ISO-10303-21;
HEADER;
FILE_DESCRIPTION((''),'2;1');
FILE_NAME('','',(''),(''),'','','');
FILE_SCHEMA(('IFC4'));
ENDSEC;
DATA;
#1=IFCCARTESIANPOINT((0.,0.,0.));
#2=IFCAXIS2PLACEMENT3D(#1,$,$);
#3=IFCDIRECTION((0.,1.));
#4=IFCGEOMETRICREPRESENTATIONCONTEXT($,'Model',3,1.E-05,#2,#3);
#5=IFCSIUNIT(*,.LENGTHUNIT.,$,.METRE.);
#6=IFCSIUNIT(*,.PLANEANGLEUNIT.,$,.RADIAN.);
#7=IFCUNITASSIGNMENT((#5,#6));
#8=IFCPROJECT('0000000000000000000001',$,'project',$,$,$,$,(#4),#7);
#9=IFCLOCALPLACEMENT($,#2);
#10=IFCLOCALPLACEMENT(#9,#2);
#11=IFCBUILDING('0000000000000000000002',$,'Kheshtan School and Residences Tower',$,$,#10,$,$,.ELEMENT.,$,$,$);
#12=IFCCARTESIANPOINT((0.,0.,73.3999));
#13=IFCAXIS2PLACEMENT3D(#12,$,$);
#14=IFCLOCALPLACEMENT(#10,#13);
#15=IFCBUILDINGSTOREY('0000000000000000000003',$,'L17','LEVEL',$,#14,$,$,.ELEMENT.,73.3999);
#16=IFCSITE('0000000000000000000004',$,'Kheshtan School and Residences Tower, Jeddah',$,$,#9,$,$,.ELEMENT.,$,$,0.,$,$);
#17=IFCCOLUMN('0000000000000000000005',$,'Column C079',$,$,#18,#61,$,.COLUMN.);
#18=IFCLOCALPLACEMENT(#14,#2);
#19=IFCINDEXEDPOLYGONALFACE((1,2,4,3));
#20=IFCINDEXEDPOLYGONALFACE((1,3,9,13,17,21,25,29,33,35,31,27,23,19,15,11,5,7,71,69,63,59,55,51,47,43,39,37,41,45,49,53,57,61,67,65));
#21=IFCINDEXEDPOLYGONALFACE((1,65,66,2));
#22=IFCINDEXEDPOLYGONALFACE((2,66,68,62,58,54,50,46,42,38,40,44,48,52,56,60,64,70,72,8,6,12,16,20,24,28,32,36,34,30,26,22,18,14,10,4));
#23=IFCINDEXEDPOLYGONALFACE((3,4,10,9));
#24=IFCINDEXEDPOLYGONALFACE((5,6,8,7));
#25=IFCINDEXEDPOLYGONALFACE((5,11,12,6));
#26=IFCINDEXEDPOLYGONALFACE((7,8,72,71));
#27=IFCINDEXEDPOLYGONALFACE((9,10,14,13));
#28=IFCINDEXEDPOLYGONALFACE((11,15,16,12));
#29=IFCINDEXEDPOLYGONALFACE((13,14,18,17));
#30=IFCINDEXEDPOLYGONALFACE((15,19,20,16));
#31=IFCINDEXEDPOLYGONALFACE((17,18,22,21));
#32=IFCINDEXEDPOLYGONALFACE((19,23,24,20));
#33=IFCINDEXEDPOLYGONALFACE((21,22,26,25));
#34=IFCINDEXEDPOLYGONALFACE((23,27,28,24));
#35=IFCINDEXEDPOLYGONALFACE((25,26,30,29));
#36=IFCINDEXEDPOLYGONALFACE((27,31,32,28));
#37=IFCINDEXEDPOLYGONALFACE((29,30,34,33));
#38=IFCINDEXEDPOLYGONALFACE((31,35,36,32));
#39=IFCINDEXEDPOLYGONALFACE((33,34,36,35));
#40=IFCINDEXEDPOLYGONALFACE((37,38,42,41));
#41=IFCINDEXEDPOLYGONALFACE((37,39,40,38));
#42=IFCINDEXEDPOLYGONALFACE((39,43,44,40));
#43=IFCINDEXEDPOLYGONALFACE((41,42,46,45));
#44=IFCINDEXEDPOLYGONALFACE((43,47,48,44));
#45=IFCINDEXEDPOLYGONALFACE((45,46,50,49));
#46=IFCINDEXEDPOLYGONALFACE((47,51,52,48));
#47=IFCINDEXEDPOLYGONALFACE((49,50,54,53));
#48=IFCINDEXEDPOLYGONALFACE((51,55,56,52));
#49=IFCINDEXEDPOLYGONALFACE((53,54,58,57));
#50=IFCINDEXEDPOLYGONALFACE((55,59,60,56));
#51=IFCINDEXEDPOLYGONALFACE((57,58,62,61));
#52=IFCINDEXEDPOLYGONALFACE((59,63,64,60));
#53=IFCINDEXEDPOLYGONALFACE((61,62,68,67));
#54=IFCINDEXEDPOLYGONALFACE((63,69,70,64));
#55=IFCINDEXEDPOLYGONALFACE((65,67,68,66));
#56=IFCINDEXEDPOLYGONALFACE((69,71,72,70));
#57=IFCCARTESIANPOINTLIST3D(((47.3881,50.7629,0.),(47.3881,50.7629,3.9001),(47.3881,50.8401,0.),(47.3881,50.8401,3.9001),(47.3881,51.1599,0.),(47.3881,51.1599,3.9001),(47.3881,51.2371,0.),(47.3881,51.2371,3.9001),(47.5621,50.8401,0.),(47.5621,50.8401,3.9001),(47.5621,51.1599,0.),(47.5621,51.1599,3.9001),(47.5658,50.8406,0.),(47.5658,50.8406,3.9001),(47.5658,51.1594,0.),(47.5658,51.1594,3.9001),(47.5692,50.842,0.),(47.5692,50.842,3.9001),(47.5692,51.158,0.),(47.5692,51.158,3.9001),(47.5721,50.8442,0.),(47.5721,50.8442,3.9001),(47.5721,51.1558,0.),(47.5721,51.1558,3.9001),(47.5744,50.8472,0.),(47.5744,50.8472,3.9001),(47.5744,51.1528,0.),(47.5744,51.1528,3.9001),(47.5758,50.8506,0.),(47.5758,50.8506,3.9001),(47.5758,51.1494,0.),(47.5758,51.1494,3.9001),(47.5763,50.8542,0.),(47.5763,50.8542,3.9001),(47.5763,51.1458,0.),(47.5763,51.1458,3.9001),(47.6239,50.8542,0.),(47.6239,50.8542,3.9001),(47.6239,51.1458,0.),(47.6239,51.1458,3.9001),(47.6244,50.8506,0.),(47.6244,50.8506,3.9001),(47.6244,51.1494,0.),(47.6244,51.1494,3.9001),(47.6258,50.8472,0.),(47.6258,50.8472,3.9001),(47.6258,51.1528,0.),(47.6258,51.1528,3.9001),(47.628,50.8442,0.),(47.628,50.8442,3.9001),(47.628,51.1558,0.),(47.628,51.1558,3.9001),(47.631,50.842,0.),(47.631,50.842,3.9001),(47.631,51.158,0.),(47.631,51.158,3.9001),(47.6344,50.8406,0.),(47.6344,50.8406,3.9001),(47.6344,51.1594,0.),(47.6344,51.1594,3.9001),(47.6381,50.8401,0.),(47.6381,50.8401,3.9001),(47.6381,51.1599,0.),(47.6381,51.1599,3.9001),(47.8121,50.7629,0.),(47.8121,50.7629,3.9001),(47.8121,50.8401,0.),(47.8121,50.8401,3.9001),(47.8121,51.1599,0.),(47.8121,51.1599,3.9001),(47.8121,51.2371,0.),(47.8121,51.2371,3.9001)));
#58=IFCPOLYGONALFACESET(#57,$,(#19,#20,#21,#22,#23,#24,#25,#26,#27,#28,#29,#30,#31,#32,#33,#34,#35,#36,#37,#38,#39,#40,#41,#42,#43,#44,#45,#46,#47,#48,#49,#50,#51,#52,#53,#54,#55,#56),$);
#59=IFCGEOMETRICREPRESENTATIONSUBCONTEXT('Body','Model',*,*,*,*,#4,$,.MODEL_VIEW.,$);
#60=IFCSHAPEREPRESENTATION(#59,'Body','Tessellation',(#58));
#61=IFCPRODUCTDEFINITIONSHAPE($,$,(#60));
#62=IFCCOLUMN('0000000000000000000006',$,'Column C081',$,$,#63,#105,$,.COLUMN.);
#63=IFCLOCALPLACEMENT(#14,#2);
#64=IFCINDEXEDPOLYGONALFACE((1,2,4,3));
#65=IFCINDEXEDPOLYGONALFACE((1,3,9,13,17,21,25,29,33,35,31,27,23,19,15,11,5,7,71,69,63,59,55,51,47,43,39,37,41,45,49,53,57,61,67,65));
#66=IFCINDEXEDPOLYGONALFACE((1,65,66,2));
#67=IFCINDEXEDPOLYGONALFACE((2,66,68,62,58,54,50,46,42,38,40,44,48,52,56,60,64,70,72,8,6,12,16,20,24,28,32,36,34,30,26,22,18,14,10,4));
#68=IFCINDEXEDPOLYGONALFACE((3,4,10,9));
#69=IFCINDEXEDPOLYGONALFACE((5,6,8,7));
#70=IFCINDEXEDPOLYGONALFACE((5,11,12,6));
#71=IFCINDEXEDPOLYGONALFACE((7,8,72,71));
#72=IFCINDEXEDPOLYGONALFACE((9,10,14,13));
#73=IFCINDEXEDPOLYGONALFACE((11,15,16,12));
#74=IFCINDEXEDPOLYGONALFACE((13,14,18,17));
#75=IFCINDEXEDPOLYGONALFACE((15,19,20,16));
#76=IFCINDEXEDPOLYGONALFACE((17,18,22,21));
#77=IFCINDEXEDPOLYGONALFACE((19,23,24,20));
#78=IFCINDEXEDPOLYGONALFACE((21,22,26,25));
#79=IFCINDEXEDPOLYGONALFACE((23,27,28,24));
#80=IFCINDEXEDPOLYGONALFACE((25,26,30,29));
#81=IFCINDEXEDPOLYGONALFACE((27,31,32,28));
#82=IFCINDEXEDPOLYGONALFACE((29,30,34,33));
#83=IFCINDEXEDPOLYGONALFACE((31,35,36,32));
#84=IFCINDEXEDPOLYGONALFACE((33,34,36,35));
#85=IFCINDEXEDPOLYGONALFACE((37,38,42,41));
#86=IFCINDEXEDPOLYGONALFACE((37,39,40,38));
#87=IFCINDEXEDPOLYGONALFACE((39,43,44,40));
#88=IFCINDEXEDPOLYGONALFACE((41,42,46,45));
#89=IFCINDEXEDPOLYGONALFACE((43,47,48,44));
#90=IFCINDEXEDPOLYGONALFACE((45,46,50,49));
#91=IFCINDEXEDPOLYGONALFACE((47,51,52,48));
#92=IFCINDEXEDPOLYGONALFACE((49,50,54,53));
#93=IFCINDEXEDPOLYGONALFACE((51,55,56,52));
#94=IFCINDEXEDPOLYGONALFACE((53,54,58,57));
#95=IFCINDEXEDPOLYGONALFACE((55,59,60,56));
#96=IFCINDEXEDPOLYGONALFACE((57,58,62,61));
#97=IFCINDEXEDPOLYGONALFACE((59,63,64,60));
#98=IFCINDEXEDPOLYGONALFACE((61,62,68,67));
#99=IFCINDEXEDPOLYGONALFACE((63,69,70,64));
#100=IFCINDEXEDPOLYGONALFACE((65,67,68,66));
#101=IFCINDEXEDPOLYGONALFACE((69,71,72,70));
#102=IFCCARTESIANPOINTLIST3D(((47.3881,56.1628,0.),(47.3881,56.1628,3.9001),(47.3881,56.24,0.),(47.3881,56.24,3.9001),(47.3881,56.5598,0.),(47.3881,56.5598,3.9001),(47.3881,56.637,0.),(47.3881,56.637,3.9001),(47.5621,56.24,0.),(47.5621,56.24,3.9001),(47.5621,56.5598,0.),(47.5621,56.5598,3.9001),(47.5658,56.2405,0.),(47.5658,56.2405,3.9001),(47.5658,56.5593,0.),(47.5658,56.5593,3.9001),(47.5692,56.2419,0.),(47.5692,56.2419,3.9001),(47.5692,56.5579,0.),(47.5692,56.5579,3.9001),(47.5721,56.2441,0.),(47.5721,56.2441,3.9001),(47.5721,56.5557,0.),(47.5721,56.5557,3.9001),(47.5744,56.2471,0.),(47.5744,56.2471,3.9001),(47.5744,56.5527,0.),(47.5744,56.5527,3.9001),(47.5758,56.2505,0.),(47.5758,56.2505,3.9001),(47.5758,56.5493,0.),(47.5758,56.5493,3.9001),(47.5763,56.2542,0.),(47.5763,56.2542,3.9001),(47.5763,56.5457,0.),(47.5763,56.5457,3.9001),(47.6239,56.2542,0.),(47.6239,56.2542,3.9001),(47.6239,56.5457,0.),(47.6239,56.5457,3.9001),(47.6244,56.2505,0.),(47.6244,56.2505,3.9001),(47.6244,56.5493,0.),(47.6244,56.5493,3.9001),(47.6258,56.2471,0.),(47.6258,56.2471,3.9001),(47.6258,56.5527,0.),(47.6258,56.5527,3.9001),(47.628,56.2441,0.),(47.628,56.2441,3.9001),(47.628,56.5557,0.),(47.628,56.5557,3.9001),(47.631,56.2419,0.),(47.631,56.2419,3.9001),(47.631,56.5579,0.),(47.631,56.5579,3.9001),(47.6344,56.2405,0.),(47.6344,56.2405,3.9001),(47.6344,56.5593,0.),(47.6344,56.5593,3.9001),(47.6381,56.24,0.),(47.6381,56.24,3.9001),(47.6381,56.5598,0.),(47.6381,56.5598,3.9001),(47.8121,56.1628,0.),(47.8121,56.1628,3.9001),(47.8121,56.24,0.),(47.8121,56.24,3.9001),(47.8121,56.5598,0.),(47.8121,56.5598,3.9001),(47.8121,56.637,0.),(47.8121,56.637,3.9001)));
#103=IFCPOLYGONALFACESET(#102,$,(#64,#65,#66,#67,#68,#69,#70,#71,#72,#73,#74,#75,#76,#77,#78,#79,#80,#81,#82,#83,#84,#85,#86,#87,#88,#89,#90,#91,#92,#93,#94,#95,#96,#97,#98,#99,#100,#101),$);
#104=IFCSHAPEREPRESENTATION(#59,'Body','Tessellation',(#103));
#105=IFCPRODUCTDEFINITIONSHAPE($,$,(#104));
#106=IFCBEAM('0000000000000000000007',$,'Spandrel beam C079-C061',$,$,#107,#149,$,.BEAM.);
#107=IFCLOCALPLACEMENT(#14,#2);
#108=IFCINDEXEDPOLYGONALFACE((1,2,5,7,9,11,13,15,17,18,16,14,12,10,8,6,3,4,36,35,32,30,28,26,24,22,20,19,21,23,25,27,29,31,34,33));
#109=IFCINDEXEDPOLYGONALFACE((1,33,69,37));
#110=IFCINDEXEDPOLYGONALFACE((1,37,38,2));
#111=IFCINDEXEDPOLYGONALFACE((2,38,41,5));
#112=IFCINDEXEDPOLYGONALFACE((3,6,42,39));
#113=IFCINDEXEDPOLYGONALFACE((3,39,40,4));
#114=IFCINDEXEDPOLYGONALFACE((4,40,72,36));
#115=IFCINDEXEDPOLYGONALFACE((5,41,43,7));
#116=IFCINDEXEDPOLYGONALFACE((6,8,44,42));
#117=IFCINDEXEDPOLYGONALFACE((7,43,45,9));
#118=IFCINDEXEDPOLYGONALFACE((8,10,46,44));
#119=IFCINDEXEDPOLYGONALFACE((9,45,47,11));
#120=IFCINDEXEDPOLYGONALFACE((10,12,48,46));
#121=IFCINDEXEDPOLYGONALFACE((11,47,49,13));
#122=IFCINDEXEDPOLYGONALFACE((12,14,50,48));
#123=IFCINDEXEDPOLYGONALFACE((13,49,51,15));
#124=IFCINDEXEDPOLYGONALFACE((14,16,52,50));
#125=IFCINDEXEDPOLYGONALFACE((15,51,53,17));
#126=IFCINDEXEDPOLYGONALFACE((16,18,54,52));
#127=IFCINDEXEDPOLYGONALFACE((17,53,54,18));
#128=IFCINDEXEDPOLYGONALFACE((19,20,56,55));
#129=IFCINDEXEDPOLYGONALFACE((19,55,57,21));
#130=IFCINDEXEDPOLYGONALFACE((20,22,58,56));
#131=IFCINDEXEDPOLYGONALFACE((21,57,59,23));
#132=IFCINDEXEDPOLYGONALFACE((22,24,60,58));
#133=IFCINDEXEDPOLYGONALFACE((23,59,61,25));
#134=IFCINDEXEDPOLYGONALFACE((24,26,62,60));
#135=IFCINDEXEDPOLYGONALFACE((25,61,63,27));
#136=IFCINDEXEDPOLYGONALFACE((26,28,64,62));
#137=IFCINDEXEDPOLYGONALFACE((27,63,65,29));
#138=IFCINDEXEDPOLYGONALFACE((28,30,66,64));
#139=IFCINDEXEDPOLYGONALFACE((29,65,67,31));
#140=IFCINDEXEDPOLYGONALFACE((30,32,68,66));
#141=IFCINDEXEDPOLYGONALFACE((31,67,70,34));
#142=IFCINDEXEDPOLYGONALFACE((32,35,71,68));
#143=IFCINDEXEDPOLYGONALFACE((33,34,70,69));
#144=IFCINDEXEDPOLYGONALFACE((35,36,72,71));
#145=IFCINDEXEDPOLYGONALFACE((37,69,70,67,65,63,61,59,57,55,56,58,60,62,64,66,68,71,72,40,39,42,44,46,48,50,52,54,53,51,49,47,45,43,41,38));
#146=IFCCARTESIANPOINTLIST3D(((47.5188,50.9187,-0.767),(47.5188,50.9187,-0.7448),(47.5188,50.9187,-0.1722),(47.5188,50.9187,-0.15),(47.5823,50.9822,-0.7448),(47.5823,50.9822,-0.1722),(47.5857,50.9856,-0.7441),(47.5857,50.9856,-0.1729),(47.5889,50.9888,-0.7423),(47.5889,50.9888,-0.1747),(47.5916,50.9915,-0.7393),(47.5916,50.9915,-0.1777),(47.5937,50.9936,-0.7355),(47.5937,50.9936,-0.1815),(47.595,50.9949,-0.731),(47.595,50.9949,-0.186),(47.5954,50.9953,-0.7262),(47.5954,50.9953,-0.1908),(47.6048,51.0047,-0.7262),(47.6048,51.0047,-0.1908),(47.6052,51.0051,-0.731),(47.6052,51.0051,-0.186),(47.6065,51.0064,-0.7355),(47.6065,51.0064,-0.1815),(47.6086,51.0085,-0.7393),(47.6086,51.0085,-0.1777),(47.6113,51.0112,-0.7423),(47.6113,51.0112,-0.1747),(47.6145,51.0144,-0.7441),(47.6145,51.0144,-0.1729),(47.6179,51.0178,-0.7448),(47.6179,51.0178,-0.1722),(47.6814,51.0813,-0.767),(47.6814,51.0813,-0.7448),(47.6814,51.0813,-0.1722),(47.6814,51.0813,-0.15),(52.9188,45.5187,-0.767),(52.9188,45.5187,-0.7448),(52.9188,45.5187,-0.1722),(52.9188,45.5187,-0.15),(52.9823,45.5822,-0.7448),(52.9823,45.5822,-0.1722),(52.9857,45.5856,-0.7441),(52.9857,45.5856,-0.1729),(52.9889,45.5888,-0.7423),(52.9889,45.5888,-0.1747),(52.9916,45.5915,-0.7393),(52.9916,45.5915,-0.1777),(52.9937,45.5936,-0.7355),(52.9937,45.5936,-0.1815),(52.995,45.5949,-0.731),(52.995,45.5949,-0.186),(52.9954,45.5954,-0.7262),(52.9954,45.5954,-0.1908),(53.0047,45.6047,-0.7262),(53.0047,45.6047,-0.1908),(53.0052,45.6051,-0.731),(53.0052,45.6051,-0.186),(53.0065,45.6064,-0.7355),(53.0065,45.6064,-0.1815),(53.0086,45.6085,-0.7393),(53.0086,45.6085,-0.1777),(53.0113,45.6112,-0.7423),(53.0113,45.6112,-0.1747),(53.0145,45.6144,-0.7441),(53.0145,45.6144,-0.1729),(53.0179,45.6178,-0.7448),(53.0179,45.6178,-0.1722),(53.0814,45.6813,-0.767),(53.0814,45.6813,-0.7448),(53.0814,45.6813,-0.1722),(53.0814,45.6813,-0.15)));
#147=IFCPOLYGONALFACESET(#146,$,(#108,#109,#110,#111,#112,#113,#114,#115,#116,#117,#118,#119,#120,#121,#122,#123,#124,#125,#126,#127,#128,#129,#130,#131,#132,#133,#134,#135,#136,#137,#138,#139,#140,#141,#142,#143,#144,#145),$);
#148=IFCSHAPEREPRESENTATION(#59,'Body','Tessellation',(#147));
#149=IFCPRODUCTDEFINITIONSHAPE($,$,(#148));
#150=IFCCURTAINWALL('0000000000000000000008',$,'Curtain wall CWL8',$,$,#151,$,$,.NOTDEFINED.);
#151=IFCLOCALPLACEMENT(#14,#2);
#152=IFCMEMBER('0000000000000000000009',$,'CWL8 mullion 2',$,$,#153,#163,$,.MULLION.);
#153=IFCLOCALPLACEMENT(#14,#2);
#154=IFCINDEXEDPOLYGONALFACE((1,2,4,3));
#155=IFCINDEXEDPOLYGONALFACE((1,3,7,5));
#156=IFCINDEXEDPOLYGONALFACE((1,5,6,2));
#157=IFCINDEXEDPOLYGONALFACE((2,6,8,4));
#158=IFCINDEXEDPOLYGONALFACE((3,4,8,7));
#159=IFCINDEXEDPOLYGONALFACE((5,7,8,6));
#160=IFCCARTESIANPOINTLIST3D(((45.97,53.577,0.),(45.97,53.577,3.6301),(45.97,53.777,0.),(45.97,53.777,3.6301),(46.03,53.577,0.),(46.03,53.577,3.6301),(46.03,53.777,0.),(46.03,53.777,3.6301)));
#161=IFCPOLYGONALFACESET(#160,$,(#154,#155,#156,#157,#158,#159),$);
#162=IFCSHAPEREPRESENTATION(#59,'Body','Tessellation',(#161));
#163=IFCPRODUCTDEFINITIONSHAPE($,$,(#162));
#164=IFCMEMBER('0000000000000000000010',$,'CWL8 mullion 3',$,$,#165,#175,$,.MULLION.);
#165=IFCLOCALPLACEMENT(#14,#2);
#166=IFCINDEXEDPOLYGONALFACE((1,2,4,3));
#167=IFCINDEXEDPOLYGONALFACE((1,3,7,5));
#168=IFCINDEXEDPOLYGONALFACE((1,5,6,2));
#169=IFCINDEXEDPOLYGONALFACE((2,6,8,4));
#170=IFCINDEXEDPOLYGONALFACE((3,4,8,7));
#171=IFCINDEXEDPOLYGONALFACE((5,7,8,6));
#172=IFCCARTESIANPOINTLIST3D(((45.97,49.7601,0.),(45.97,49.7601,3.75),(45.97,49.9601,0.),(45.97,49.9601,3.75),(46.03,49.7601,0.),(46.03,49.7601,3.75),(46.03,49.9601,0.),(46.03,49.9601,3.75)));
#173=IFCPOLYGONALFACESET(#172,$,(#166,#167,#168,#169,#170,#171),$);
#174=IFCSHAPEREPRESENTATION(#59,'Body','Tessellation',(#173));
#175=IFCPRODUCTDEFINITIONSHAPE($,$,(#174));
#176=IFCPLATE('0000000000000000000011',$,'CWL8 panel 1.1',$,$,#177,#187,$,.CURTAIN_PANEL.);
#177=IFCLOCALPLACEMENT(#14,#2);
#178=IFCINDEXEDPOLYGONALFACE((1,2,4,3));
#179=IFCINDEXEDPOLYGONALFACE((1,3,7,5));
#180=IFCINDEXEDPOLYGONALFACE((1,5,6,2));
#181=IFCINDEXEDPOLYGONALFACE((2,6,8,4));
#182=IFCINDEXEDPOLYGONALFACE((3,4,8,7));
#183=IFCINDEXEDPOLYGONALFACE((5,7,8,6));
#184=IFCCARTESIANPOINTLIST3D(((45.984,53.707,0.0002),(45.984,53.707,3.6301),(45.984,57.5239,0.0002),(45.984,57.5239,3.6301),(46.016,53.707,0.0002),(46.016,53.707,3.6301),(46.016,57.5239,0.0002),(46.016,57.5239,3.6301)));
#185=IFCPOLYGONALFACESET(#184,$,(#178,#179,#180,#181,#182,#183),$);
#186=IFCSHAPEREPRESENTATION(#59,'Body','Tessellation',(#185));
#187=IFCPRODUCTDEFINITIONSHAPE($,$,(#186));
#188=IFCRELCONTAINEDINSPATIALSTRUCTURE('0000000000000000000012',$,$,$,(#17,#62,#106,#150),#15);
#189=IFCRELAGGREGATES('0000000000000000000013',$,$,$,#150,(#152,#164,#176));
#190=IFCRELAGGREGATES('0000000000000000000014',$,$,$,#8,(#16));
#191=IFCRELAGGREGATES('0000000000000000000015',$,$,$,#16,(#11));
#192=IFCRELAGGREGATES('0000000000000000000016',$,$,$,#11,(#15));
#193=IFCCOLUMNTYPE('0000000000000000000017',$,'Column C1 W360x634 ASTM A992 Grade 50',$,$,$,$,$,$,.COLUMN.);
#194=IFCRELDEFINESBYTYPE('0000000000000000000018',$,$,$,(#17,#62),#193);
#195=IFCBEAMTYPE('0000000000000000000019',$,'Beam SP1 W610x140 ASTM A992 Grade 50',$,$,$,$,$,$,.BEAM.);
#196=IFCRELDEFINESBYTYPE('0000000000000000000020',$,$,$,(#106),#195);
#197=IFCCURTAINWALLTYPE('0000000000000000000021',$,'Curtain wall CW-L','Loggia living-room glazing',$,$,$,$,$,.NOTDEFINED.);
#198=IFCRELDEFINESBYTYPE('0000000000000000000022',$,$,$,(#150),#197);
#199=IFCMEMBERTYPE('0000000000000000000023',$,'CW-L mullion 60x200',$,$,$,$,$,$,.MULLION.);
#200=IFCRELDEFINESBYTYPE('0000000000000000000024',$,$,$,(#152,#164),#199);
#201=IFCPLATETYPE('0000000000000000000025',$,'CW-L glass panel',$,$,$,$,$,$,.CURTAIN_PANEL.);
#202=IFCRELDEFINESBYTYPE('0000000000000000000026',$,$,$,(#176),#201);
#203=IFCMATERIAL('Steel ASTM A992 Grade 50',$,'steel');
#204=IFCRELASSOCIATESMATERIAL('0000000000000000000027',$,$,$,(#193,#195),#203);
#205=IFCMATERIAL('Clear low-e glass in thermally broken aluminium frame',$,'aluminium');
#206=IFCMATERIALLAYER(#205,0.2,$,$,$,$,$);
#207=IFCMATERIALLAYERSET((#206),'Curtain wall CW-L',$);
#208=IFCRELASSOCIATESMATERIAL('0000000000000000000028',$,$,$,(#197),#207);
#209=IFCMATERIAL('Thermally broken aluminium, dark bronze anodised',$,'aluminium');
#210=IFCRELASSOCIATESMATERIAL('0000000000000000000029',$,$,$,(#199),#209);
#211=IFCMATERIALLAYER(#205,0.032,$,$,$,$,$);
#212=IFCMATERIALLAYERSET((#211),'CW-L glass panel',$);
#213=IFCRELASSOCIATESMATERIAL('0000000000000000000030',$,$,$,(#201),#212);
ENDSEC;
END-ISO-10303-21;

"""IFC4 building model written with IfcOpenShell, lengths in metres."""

from ifc_helpers import new_model, si_unit, direction, frame, origin, origin_2d, place, context, subcontext, project, spatial, rectangle, i_section, extrude, material, layer, layer_set, material_profile, profile_set, type_object, element, aggregate, save


model = new_model("IFC4")

# Units and contexts
model_context = context("Model", 3, precision=1e-05, world=origin(), true_north=direction((0.0, 1.0)))
body_context = subcontext(model_context, "Body", "Model", "MODEL_VIEW")
ifc_project = project(units=[si_unit("LENGTHUNIT", "METRE"), si_unit("PLANEANGLEUNIT", "RADIAN")], contexts=[model_context])

# Site, building, storey
site_placement = place(None, origin())
site = spatial("IfcSite", under=ifc_project, at=site_placement, Name="Kheshtan School and Residences Tower, Jeddah", CompositionType="ELEMENT", RefElevation=0.0)
building_placement = place(site_placement, origin())
building = spatial("IfcBuilding", under=site, at=building_placement, Name="Kheshtan School and Residences Tower", CompositionType="ELEMENT")
storey_placement = place(building_placement, frame((0.0, 0.0, 73.3999)))
storey = spatial("IfcBuildingStorey", under=building, at=storey_placement, Name="L17", Description="LEVEL", CompositionType="ELEMENT", Elevation=73.3999)

# Columns
ifc_material_1 = material(Name="Steel ASTM A992 Grade 50", Category="steel")
ifc_material_profile_1 = material_profile(ifc_material_1, i_section(OverallWidth=0.4241, OverallDepth=0.4741, WebThickness=0.0476, FlangeThickness=0.0771, FilletRadius=0.0142, at=origin_2d()), Name="W360x634")
ifc_profile_set_1 = profile_set([ifc_material_profile_1], Name="Steel ASTM A992 Grade 50")
column_type = type_object("IfcColumnType", Name="Column C1 W360x634 ASTM A992 Grade 50", PredefinedType="COLUMN", material=ifc_profile_set_1)
for number, where, z_axis, x_axis, name in (
    (1, (47.6001, 51.0, 0.0), (0.0, 0.0, 1.0), (1.0, 0.0, 0.0), "Column C079"),
    (2, (47.6001, 56.3999, 0.0), (0.0, 0.0, 1.0), (1.0, 0.0, 0.0), "Column C081"),
):
    element("IfcColumn", number, at=place(storey_placement, frame(where, z_axis=z_axis, x_axis=x_axis)), inside=storey, type_object=column_type, Name=name, PredefinedType="COLUMN", context=body_context, shape_type="SweptSolid", body=[
        extrude(i_section(OverallWidth=0.4241, OverallDepth=0.4741, WebThickness=0.0476, FlangeThickness=0.0771, FilletRadius=0.0142, at=origin_2d()), origin(), (0.0, 0.0, 1.0), 3.9001),
    ])

# Beam
ifc_material_profile_2 = material_profile(ifc_material_1, i_section(OverallWidth=0.23, OverallDepth=0.6169, WebThickness=0.0132, FlangeThickness=0.0222, FilletRadius=0.0186, at=origin_2d()), Name="W610x140")
ifc_profile_set_2 = profile_set([ifc_material_profile_2], Name="Steel ASTM A992 Grade 50")
beam_type = type_object("IfcBeamType", Name="Beam SP1 W610x140 ASTM A992 Grade 50", PredefinedType="BEAM", material=ifc_profile_set_2)
beam_placement = place(storey_placement, frame((47.6001, 51.0, -0.4585), z_axis=(0.707107, -0.707107, 0.0), x_axis=(0.707107, 0.707107, 0.0)))
element("IfcBeam", 3, at=beam_placement, inside=storey, type_object=beam_type, Name="Spandrel beam C079-C061", PredefinedType="BEAM", context=body_context, shape_type="SweptSolid", body=[
    extrude(i_section(OverallWidth=0.23, OverallDepth=0.6169, WebThickness=0.0132, FlangeThickness=0.0222, FilletRadius=0.0186, at=origin_2d()), origin(), (0.0, 0.0, 1.0), 7.6367),
])

# Curtain wall, members, plate
ifc_material_2 = material(Name="Clear low-e glass in thermally broken aluminium frame", Category="aluminium")
ifc_layer_1 = layer(ifc_material_2, 0.2)
ifc_layer_set_1 = layer_set([ifc_layer_1], Name="Curtain wall CW-L")
curtain_wall_type = type_object("IfcCurtainWallType", Name="Curtain wall CW-L", Description="Loggia living-room glazing", PredefinedType="NOTDEFINED", material=ifc_layer_set_1)
curtain_wall_placement = place(storey_placement, origin())
curtain_wall = element("IfcCurtainWall", 4, at=curtain_wall_placement, inside=storey, type_object=curtain_wall_type, Name="Curtain wall CWL8", PredefinedType="NOTDEFINED")
ifc_material_3 = material(Name="Thermally broken aluminium, dark bronze anodised", Category="aluminium")
ifc_material_profile_3 = material_profile(ifc_material_3, rectangle(XDim=0.0601, YDim=0.2, at=origin_2d()), Name="CW-L mullion 60x200")
ifc_profile_set_3 = profile_set([ifc_material_profile_3], Name="Thermally broken aluminium, dark bronze anodised")
member_type = type_object("IfcMemberType", Name="CW-L mullion 60x200", PredefinedType="MULLION", material=ifc_profile_set_3)
member_1_placement = place(storey_placement, frame((46.0, 53.677, 0.0), z_axis=(0.0, 0.0, 1.0), x_axis=(1.0, 0.0, 0.0)))
member_1 = element("IfcMember", 5, at=member_1_placement, type_object=member_type, Name="CWL8 mullion 2", PredefinedType="MULLION", context=body_context, shape_type="SweptSolid", body=[
    extrude(rectangle(XDim=0.0601, YDim=0.2, at=origin_2d()), origin(), (0.0, 0.0, 1.0), 3.6301),
])
member_2_placement = place(storey_placement, frame((46.0, 49.8601, 0.0), z_axis=(0.0, 0.0, 1.0), x_axis=(1.0, 0.0, 0.0)))
member_2 = element("IfcMember", 6, at=member_2_placement, type_object=member_type, Name="CWL8 mullion 3", PredefinedType="MULLION", context=body_context, shape_type="SweptSolid", body=[
    extrude(rectangle(XDim=0.0601, YDim=0.2, at=origin_2d()), origin(), (0.0, 0.0, 1.0), 3.75),
])
ifc_layer_2 = layer(ifc_material_2, 0.032)
ifc_layer_set_2 = layer_set([ifc_layer_2], Name="CW-L glass panel")
plate_type = type_object("IfcPlateType", Name="CW-L glass panel", PredefinedType="CURTAIN_PANEL", material=ifc_layer_set_2)
plate_1_placement = place(storey_placement, frame((46.0, 55.6155, 0.0002), z_axis=(0.0, 0.0, 1.0), x_axis=(0.0, -1.0, 0.0)))
plate_1 = element("IfcPlate", 7, at=plate_1_placement, type_object=plate_type, Name="CWL8 panel 1.1", PredefinedType="CURTAIN_PANEL", context=body_context, shape_type="SweptSolid", body=[
    extrude(rectangle(XDim=3.8169, YDim=0.032, at=origin_2d()), origin(), (0.0, 0.0, 1.0), 3.6299),
])
aggregate(curtain_wall, [member_1, member_2, plate_1])

save(model, "model.ifc")
